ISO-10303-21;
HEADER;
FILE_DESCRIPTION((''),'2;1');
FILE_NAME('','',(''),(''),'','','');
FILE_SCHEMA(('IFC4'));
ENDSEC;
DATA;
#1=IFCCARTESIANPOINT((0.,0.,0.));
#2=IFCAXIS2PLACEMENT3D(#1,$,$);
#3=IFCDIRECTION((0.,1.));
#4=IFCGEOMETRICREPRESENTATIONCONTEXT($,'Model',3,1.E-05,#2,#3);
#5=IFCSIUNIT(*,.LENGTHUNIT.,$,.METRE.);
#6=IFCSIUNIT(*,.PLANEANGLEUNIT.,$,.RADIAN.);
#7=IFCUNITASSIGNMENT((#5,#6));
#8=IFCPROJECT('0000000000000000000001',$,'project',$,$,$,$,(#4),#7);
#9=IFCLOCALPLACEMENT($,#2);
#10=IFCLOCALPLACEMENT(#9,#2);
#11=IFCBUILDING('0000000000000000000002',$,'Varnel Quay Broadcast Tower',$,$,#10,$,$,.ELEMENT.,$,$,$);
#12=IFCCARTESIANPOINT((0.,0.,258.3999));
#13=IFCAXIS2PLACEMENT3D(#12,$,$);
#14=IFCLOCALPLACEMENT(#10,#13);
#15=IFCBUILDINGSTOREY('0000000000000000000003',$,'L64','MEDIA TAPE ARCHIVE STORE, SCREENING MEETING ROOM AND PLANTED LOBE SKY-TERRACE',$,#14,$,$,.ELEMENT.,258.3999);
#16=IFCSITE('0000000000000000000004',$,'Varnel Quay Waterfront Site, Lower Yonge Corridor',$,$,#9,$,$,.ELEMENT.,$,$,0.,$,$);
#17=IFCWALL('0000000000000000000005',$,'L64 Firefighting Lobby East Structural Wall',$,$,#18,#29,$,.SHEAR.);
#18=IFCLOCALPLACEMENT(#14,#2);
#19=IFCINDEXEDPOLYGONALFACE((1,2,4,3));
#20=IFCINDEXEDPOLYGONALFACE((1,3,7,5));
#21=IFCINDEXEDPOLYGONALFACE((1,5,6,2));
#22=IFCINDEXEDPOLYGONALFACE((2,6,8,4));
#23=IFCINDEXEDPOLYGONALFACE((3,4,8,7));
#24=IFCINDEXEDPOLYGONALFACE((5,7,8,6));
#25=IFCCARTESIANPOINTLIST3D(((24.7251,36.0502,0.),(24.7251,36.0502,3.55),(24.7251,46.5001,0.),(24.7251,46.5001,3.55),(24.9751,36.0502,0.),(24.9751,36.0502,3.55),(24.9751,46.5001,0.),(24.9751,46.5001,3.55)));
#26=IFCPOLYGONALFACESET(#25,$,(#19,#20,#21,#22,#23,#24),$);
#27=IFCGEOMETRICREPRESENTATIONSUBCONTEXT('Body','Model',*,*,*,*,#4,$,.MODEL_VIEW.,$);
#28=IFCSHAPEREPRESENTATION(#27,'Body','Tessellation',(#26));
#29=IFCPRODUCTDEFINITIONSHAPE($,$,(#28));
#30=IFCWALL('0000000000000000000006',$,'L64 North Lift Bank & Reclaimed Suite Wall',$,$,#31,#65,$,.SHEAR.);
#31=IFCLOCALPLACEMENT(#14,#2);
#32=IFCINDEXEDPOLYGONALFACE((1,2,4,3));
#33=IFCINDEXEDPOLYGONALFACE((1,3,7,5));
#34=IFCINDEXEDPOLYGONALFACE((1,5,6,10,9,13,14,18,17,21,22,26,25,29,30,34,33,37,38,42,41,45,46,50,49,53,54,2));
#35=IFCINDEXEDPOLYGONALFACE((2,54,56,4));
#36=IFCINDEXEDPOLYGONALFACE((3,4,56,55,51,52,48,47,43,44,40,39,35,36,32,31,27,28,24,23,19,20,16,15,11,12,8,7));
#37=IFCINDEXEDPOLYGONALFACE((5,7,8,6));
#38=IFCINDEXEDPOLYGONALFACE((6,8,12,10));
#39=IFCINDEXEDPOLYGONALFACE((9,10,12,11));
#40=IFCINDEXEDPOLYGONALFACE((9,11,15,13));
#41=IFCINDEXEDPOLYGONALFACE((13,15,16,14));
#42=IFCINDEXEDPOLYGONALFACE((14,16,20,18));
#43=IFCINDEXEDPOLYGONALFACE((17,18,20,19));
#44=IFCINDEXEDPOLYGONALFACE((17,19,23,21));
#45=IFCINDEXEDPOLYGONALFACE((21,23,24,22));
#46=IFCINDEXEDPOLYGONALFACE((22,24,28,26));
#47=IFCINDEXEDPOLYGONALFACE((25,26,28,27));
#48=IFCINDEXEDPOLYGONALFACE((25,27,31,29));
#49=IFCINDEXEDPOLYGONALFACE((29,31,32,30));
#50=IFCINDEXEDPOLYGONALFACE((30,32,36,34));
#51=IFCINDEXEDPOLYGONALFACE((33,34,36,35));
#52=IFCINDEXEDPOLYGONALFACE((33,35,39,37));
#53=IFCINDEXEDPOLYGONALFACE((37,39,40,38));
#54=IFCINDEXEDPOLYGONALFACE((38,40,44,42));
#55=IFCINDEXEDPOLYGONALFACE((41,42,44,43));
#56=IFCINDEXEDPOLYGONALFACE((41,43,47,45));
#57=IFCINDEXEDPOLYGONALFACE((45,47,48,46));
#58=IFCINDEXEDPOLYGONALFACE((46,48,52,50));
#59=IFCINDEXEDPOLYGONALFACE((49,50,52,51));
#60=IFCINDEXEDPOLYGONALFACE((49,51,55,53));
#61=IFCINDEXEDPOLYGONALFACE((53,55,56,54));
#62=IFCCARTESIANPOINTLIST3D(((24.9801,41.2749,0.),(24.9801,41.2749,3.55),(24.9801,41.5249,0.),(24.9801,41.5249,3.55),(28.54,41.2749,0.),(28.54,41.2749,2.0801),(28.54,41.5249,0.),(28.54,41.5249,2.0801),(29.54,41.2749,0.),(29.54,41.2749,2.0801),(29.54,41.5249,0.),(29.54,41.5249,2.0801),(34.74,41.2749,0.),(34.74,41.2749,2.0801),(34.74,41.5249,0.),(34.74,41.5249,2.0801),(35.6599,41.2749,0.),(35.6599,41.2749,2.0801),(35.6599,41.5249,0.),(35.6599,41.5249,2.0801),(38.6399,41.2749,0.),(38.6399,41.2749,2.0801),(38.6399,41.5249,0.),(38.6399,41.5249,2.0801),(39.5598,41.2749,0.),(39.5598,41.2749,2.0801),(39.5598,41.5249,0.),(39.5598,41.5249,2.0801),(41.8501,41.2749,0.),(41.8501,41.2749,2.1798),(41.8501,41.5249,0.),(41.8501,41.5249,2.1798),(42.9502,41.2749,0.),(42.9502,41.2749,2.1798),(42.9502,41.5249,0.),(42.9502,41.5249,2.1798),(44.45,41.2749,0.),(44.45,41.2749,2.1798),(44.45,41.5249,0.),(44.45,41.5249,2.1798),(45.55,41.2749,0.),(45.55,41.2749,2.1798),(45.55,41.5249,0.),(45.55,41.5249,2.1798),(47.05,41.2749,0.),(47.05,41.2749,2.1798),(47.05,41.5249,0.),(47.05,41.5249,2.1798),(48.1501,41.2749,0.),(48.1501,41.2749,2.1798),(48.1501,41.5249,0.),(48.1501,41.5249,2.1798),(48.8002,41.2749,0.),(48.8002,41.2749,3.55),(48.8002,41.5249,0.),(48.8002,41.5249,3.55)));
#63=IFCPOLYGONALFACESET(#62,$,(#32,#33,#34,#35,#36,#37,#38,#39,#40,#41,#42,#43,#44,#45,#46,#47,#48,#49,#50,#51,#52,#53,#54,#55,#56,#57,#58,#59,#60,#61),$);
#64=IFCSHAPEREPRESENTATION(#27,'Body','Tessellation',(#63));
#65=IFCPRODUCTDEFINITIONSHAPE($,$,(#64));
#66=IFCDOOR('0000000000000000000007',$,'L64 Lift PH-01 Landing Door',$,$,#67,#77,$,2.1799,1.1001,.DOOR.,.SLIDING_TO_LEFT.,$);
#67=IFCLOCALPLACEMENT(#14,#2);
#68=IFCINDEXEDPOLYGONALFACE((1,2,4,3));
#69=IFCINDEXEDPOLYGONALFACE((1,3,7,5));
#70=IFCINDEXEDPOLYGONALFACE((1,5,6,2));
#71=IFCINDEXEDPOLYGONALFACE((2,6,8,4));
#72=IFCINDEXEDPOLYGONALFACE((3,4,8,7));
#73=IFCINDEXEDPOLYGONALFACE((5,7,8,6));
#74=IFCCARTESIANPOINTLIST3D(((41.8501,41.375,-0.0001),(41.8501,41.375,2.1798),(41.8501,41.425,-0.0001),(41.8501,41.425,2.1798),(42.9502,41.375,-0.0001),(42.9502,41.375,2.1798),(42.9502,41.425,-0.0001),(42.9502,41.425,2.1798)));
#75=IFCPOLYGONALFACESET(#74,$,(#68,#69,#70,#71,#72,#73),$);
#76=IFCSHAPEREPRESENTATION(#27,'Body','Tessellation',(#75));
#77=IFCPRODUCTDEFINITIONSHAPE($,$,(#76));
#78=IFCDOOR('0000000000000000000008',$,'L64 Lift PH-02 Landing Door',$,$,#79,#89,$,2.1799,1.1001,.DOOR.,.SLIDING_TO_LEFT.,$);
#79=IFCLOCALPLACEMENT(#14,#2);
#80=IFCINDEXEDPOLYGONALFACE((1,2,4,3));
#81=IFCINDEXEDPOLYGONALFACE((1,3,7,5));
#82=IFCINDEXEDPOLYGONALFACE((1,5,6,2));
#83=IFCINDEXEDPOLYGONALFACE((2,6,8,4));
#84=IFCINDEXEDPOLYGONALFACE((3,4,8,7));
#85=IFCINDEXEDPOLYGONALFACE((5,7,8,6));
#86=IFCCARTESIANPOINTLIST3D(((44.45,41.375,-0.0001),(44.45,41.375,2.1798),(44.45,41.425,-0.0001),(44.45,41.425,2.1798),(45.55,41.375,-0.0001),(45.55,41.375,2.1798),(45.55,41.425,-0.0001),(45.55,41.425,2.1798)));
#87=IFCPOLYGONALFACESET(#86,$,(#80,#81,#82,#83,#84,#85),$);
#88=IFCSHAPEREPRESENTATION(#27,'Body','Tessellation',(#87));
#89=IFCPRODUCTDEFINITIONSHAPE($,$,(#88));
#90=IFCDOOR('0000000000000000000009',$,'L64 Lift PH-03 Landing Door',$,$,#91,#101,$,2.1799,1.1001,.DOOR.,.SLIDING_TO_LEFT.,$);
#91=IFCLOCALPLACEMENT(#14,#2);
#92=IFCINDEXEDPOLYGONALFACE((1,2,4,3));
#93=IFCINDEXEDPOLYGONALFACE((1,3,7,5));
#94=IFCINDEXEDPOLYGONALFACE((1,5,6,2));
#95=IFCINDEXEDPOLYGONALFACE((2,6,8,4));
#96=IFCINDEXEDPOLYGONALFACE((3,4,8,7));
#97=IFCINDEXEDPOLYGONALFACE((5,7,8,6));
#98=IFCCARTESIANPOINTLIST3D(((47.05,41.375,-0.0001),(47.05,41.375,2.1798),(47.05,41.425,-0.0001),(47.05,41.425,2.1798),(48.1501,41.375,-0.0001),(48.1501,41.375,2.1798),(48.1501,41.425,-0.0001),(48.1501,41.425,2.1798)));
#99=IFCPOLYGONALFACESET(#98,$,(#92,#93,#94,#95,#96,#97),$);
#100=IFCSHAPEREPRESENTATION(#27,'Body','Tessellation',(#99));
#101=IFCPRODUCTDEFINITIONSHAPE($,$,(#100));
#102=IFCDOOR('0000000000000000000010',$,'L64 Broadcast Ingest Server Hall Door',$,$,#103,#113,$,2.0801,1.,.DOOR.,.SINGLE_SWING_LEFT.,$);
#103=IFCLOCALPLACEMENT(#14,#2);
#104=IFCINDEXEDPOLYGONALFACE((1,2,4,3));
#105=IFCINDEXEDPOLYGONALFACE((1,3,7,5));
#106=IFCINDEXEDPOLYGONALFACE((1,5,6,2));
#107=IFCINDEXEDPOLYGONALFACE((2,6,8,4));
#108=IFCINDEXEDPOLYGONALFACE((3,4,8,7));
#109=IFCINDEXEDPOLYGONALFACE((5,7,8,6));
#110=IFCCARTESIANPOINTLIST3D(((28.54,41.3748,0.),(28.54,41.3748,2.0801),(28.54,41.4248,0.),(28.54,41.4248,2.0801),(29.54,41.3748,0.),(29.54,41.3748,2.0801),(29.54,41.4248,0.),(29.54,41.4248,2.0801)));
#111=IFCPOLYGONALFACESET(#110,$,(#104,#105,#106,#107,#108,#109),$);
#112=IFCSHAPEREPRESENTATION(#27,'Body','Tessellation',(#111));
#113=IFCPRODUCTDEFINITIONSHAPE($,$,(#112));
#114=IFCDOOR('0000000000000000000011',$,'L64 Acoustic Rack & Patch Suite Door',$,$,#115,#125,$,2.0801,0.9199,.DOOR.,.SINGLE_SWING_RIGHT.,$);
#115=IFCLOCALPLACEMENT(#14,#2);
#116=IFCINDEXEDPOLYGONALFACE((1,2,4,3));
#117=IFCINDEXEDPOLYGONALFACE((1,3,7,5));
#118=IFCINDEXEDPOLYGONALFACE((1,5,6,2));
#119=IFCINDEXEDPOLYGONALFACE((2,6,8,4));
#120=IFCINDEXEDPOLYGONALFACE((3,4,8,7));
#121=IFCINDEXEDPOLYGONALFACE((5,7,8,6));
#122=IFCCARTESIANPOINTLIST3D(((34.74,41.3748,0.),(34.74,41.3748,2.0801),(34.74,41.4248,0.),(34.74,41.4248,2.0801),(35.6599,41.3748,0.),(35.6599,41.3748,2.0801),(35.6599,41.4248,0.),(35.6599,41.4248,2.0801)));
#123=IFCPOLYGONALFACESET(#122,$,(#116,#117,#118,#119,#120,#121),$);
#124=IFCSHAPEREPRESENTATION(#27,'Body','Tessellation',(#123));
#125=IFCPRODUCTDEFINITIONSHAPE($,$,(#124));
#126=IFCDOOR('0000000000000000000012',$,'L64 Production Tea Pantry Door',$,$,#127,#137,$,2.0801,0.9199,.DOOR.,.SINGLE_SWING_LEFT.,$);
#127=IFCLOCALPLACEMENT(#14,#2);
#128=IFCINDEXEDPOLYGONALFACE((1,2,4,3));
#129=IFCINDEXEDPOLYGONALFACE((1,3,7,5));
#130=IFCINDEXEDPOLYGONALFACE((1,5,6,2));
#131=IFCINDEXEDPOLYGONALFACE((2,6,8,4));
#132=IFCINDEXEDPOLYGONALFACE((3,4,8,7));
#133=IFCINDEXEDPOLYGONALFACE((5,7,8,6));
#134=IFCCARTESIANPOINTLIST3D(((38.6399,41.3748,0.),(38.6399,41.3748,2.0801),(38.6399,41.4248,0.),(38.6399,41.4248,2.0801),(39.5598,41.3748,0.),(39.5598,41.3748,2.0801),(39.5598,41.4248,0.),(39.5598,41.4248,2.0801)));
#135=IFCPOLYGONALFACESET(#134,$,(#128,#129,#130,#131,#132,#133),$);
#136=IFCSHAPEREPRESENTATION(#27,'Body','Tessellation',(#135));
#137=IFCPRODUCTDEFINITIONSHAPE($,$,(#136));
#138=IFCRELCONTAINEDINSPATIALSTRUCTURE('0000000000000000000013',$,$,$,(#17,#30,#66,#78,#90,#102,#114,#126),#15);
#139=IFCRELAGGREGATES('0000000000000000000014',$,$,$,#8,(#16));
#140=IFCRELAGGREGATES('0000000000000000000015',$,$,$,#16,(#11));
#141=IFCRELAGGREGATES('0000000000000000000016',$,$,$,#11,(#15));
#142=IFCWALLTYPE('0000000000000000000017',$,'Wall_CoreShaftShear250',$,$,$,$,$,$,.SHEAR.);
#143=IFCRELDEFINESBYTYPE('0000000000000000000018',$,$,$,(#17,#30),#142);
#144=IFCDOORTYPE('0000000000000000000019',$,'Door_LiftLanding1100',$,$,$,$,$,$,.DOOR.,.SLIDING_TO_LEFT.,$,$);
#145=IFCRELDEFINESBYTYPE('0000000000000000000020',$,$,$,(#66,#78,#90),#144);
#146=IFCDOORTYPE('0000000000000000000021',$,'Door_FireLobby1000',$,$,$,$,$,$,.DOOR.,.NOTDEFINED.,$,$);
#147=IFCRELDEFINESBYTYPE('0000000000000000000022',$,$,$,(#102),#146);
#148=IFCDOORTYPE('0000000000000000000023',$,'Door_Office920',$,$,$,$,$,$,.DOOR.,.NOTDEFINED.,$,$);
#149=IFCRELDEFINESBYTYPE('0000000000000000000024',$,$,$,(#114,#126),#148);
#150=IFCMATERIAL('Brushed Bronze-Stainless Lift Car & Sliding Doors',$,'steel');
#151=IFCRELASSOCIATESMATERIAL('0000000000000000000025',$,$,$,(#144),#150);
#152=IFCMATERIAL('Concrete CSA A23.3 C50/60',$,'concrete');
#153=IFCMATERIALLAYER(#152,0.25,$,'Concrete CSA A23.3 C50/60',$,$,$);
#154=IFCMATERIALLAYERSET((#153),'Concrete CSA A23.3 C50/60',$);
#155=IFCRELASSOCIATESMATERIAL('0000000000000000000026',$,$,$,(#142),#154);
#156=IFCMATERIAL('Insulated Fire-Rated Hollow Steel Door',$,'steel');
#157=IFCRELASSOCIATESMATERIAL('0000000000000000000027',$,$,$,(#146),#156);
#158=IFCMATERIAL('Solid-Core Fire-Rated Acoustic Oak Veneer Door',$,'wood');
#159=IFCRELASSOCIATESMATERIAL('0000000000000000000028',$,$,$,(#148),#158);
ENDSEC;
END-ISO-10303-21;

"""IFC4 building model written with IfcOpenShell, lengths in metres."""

from ifc_helpers import new_model, si_unit, direction, frame, frame_2d, origin, place, context, subcontext, project, spatial, rectangle, extrude, source, transform, mapped, material, layer, layer_set, type_object, type_shapes, element, fill, save


model = new_model("IFC4")

# Units and contexts
model_context = context("Model", 3, precision=1e-05, world=origin(), true_north=direction((0.0, 1.0)))
body_context = subcontext(model_context, "Body", "Model", "MODEL_VIEW")
ifc_project = project(units=[si_unit("LENGTHUNIT", "METRE"), si_unit("PLANEANGLEUNIT", "RADIAN")], contexts=[model_context])

# Site, building, storey
site_placement = place(None, origin())
site = spatial("IfcSite", under=ifc_project, at=site_placement, Name="Varnel Quay Waterfront Site, Lower Yonge Corridor", CompositionType="ELEMENT", RefElevation=0.0)
building_placement = place(site_placement, origin())
building = spatial("IfcBuilding", under=site, at=building_placement, Name="Varnel Quay Broadcast Tower", CompositionType="ELEMENT")
storey_placement = place(building_placement, frame((0.0, 0.0, 258.3999)))
storey = spatial("IfcBuildingStorey", under=building, at=storey_placement, Name="L64", Description="MEDIA TAPE ARCHIVE STORE, SCREENING MEETING ROOM AND PLANTED LOBE SKY-TERRACE", CompositionType="ELEMENT", Elevation=258.3999)

# Shared definitions
ifc_material_1 = material(Name="Concrete CSA A23.3 C50/60", Category="concrete")
ifc_material_2 = material(Name="Brushed Bronze-Stainless Lift Car & Sliding Doors", Category="steel")
door_type_1 = type_object("IfcDoorType", Name="Door_LiftLanding1100", OperationType="SLIDING_TO_LEFT", PredefinedType="DOOR", material=ifc_material_2)
shared_shape_1 = source(origin(), body_context, "Body", "SweptSolid", [
    extrude(rectangle(XDim=1.1001, YDim=2.1799, at=frame_2d((0.55, 1.0898))), frame((0.0, 0.0249, 0.0), z_axis=(0.0, -1.0, 0.0), x_axis=(1.0, 0.0, 0.0)), (0.0, 0.0, 1.0), 0.05),
])
type_shapes(door_type_1, [shared_shape_1])

# Wall
ifc_layer_1 = layer(ifc_material_1, 0.25, Name="Concrete CSA A23.3 C50/60")
ifc_layer_set_1 = layer_set([ifc_layer_1], Name="Concrete CSA A23.3 C50/60")
wall_type_1 = type_object("IfcWallType", Name="Wall_CoreShaftShear250", PredefinedType="SHEAR", material=ifc_layer_set_1)
wall_1_placement = place(storey_placement, frame((24.8501, 36.05, 0.0), z_axis=(0.0, 0.0, 1.0), x_axis=(0.0, 1.0, 0.0)))
element("IfcWall", 1, at=wall_1_placement, inside=storey, type_object=wall_type_1, Name="L64 Firefighting Lobby East Structural Wall", PredefinedType="SHEAR", context=body_context, shape_type="SweptSolid", body=[
    extrude(rectangle(XDim=10.45, YDim=0.25, at=frame_2d((5.2251, 0.0))), origin(), (0.0, 0.0, 1.0), 3.55),
])

# Wall, openings, doors
wall_2_placement = place(storey_placement, frame((24.98, 41.3999, 0.0), z_axis=(0.0, 0.0, 1.0), x_axis=(1.0, 0.0, 0.0)))
wall_2 = element("IfcWall", 2, at=wall_2_placement, inside=storey, type_object=wall_type_1, Name="L64 North Lift Bank & Reclaimed Suite Wall", PredefinedType="SHEAR", context=body_context, shape_type="SweptSolid", body=[
    extrude(rectangle(XDim=23.8201, YDim=0.25, at=frame_2d((11.9102, 0.0))), origin(), (0.0, 0.0, 1.0), 3.55),
])
opening_1_placement = place(wall_2_placement, frame((16.8701, 0.0, 0.0)))
opening_1 = element("IfcOpeningElement", 3, at=opening_1_placement, cuts=wall_2, PredefinedType="OPENING", context=body_context, shape_type="SweptSolid", body=[
    extrude(rectangle(XDim=1.1001, YDim=2.1799, at=frame_2d((0.55, 1.0898))), frame((0.0, 0.135, 0.0), z_axis=(0.0, -1.0, 0.0), x_axis=(1.0, 0.0, 0.0)), (0.0, 0.0, 1.0), 0.27),
])
opening_2_placement = place(wall_2_placement, frame((19.47, 0.0, 0.0)))
opening_2 = element("IfcOpeningElement", 4, at=opening_2_placement, cuts=wall_2, PredefinedType="OPENING", context=body_context, shape_type="SweptSolid", body=[
    extrude(rectangle(XDim=1.1001, YDim=2.1799, at=frame_2d((0.55, 1.0898))), frame((0.0, 0.135, 0.0), z_axis=(0.0, -1.0, 0.0), x_axis=(1.0, 0.0, 0.0)), (0.0, 0.0, 1.0), 0.27),
])
opening_3_placement = place(wall_2_placement, frame((22.0701, 0.0, 0.0)))
opening_3 = element("IfcOpeningElement", 5, at=opening_3_placement, cuts=wall_2, PredefinedType="OPENING", context=body_context, shape_type="SweptSolid", body=[
    extrude(rectangle(XDim=1.1001, YDim=2.1799, at=frame_2d((0.55, 1.0898))), frame((0.0, 0.135, 0.0), z_axis=(0.0, -1.0, 0.0), x_axis=(1.0, 0.0, 0.0)), (0.0, 0.0, 1.0), 0.27),
])
opening_4_placement = place(wall_2_placement, frame((3.5601, 0.0, 0.0)))
opening_4 = element("IfcOpeningElement", 6, at=opening_4_placement, cuts=wall_2, PredefinedType="OPENING", context=body_context, shape_type="SweptSolid", body=[
    extrude(rectangle(XDim=1.0, YDim=2.0801, at=frame_2d((0.5, 1.04))), frame((0.0, 0.135, 0.0), z_axis=(0.0, -1.0, 0.0), x_axis=(1.0, 0.0, 0.0)), (0.0, 0.0, 1.0), 0.27),
])
opening_5_placement = place(wall_2_placement, frame((9.76, 0.0, 0.0)))
opening_5 = element("IfcOpeningElement", 7, at=opening_5_placement, cuts=wall_2, PredefinedType="OPENING", context=body_context, shape_type="SweptSolid", body=[
    extrude(rectangle(XDim=0.9199, YDim=2.0801, at=frame_2d((0.46, 1.04))), frame((0.0, 0.135, 0.0), z_axis=(0.0, -1.0, 0.0), x_axis=(1.0, 0.0, 0.0)), (0.0, 0.0, 1.0), 0.27),
])
opening_6_placement = place(wall_2_placement, frame((13.6599, 0.0, 0.0)))
opening_6 = element("IfcOpeningElement", 8, at=opening_6_placement, cuts=wall_2, PredefinedType="OPENING", context=body_context, shape_type="SweptSolid", body=[
    extrude(rectangle(XDim=0.9199, YDim=2.0801, at=frame_2d((0.46, 1.04))), frame((0.0, 0.135, 0.0), z_axis=(0.0, -1.0, 0.0), x_axis=(1.0, 0.0, 0.0)), (0.0, 0.0, 1.0), 0.27),
])
door_1_placement = place(opening_1_placement, frame((1.1001, 0.0, 0.0), z_axis=(0.0, 0.0, 1.0), x_axis=(-1.0, 0.0, 0.0)))
door_1 = element("IfcDoor", 9, at=door_1_placement, inside=storey, type_object=door_type_1, Name="L64 Lift PH-01 Landing Door", OperationType="SLIDING_TO_LEFT", OverallHeight=2.1799, OverallWidth=1.1001, PredefinedType="DOOR", context=body_context, shape_type="MappedRepresentation", body=[
    mapped(shared_shape_1, transform((0.0, 0.0, 0.0), x_axis=(1.0, 0.0, 0.0), y_axis=(0.0, 1.0, 0.0), z_axis=(0.0, 0.0, 1.0), scale=1.0)),
])
fill(opening_1, door_1)
door_2_placement = place(opening_2_placement, frame((1.1001, 0.0, 0.0), z_axis=(0.0, 0.0, 1.0), x_axis=(-1.0, 0.0, 0.0)))
door_2 = element("IfcDoor", 10, at=door_2_placement, inside=storey, type_object=door_type_1, Name="L64 Lift PH-02 Landing Door", OperationType="SLIDING_TO_LEFT", OverallHeight=2.1799, OverallWidth=1.1001, PredefinedType="DOOR", context=body_context, shape_type="MappedRepresentation", body=[
    mapped(shared_shape_1, transform((0.0, 0.0, 0.0), x_axis=(1.0, 0.0, 0.0), y_axis=(0.0, 1.0, 0.0), z_axis=(0.0, 0.0, 1.0), scale=1.0)),
])
fill(opening_2, door_2)
door_3_placement = place(opening_3_placement, frame((1.1001, 0.0, 0.0), z_axis=(0.0, 0.0, 1.0), x_axis=(-1.0, 0.0, 0.0)))
door_3 = element("IfcDoor", 11, at=door_3_placement, inside=storey, type_object=door_type_1, Name="L64 Lift PH-03 Landing Door", OperationType="SLIDING_TO_LEFT", OverallHeight=2.1799, OverallWidth=1.1001, PredefinedType="DOOR", context=body_context, shape_type="MappedRepresentation", body=[
    mapped(shared_shape_1, transform((0.0, 0.0, 0.0), x_axis=(1.0, 0.0, 0.0), y_axis=(0.0, 1.0, 0.0), z_axis=(0.0, 0.0, 1.0), scale=1.0)),
])
fill(opening_3, door_3)
ifc_material_3 = material(Name="Insulated Fire-Rated Hollow Steel Door", Category="steel")
door_type_2 = type_object("IfcDoorType", Name="Door_FireLobby1000", OperationType="NOTDEFINED", PredefinedType="DOOR", material=ifc_material_3)
shared_shape_2 = source(origin(), body_context, "Body", "SweptSolid", [
    extrude(rectangle(XDim=1.0, YDim=2.0801, at=frame_2d((0.5, 1.04))), frame((0.0, 0.0249, 0.0), z_axis=(0.0, -1.0, 0.0), x_axis=(1.0, 0.0, 0.0)), (0.0, 0.0, 1.0), 0.05),
])
type_shapes(door_type_2, [shared_shape_2])
door_4_placement = place(opening_4_placement, origin())
door_4 = element("IfcDoor", 12, at=door_4_placement, inside=storey, type_object=door_type_2, Name="L64 Broadcast Ingest Server Hall Door", OperationType="SINGLE_SWING_LEFT", OverallHeight=2.0801, OverallWidth=1.0, PredefinedType="DOOR", context=body_context, shape_type="MappedRepresentation", body=[
    mapped(shared_shape_2, transform((0.0, 0.0, 0.0), x_axis=(1.0, 0.0, 0.0), y_axis=(0.0, 1.0, 0.0), z_axis=(0.0, 0.0, 1.0), scale=1.0)),
])
fill(opening_4, door_4)
ifc_material_4 = material(Name="Solid-Core Fire-Rated Acoustic Oak Veneer Door", Category="wood")
door_type_3 = type_object("IfcDoorType", Name="Door_Office920", OperationType="NOTDEFINED", PredefinedType="DOOR", material=ifc_material_4)
shared_shape_3 = source(origin(), body_context, "Body", "SweptSolid", [
    extrude(rectangle(XDim=0.9199, YDim=2.0801, at=frame_2d((0.46, 1.04))), frame((0.0, 0.0249, 0.0), z_axis=(0.0, -1.0, 0.0), x_axis=(1.0, 0.0, 0.0)), (0.0, 0.0, 1.0), 0.05),
])
type_shapes(door_type_3, [shared_shape_3])
door_5_placement = place(opening_5_placement, origin())
door_5 = element("IfcDoor", 13, at=door_5_placement, inside=storey, type_object=door_type_3, Name="L64 Acoustic Rack & Patch Suite Door", OperationType="SINGLE_SWING_RIGHT", OverallHeight=2.0801, OverallWidth=0.9199, PredefinedType="DOOR", context=body_context, shape_type="MappedRepresentation", body=[
    mapped(shared_shape_3, transform((0.0, 0.0, 0.0), x_axis=(1.0, 0.0, 0.0), y_axis=(0.0, 1.0, 0.0), z_axis=(0.0, 0.0, 1.0), scale=1.0)),
])
fill(opening_5, door_5)
door_6_placement = place(opening_6_placement, origin())
door_6 = element("IfcDoor", 14, at=door_6_placement, inside=storey, type_object=door_type_3, Name="L64 Production Tea Pantry Door", OperationType="SINGLE_SWING_LEFT", OverallHeight=2.0801, OverallWidth=0.9199, PredefinedType="DOOR", context=body_context, shape_type="MappedRepresentation", body=[
    mapped(shared_shape_3, transform((0.0, 0.0, 0.0), x_axis=(1.0, 0.0, 0.0), y_axis=(0.0, 1.0, 0.0), z_axis=(0.0, 0.0, 1.0), scale=1.0)),
])
fill(opening_6, door_6)

save(model, "model.ifc")
